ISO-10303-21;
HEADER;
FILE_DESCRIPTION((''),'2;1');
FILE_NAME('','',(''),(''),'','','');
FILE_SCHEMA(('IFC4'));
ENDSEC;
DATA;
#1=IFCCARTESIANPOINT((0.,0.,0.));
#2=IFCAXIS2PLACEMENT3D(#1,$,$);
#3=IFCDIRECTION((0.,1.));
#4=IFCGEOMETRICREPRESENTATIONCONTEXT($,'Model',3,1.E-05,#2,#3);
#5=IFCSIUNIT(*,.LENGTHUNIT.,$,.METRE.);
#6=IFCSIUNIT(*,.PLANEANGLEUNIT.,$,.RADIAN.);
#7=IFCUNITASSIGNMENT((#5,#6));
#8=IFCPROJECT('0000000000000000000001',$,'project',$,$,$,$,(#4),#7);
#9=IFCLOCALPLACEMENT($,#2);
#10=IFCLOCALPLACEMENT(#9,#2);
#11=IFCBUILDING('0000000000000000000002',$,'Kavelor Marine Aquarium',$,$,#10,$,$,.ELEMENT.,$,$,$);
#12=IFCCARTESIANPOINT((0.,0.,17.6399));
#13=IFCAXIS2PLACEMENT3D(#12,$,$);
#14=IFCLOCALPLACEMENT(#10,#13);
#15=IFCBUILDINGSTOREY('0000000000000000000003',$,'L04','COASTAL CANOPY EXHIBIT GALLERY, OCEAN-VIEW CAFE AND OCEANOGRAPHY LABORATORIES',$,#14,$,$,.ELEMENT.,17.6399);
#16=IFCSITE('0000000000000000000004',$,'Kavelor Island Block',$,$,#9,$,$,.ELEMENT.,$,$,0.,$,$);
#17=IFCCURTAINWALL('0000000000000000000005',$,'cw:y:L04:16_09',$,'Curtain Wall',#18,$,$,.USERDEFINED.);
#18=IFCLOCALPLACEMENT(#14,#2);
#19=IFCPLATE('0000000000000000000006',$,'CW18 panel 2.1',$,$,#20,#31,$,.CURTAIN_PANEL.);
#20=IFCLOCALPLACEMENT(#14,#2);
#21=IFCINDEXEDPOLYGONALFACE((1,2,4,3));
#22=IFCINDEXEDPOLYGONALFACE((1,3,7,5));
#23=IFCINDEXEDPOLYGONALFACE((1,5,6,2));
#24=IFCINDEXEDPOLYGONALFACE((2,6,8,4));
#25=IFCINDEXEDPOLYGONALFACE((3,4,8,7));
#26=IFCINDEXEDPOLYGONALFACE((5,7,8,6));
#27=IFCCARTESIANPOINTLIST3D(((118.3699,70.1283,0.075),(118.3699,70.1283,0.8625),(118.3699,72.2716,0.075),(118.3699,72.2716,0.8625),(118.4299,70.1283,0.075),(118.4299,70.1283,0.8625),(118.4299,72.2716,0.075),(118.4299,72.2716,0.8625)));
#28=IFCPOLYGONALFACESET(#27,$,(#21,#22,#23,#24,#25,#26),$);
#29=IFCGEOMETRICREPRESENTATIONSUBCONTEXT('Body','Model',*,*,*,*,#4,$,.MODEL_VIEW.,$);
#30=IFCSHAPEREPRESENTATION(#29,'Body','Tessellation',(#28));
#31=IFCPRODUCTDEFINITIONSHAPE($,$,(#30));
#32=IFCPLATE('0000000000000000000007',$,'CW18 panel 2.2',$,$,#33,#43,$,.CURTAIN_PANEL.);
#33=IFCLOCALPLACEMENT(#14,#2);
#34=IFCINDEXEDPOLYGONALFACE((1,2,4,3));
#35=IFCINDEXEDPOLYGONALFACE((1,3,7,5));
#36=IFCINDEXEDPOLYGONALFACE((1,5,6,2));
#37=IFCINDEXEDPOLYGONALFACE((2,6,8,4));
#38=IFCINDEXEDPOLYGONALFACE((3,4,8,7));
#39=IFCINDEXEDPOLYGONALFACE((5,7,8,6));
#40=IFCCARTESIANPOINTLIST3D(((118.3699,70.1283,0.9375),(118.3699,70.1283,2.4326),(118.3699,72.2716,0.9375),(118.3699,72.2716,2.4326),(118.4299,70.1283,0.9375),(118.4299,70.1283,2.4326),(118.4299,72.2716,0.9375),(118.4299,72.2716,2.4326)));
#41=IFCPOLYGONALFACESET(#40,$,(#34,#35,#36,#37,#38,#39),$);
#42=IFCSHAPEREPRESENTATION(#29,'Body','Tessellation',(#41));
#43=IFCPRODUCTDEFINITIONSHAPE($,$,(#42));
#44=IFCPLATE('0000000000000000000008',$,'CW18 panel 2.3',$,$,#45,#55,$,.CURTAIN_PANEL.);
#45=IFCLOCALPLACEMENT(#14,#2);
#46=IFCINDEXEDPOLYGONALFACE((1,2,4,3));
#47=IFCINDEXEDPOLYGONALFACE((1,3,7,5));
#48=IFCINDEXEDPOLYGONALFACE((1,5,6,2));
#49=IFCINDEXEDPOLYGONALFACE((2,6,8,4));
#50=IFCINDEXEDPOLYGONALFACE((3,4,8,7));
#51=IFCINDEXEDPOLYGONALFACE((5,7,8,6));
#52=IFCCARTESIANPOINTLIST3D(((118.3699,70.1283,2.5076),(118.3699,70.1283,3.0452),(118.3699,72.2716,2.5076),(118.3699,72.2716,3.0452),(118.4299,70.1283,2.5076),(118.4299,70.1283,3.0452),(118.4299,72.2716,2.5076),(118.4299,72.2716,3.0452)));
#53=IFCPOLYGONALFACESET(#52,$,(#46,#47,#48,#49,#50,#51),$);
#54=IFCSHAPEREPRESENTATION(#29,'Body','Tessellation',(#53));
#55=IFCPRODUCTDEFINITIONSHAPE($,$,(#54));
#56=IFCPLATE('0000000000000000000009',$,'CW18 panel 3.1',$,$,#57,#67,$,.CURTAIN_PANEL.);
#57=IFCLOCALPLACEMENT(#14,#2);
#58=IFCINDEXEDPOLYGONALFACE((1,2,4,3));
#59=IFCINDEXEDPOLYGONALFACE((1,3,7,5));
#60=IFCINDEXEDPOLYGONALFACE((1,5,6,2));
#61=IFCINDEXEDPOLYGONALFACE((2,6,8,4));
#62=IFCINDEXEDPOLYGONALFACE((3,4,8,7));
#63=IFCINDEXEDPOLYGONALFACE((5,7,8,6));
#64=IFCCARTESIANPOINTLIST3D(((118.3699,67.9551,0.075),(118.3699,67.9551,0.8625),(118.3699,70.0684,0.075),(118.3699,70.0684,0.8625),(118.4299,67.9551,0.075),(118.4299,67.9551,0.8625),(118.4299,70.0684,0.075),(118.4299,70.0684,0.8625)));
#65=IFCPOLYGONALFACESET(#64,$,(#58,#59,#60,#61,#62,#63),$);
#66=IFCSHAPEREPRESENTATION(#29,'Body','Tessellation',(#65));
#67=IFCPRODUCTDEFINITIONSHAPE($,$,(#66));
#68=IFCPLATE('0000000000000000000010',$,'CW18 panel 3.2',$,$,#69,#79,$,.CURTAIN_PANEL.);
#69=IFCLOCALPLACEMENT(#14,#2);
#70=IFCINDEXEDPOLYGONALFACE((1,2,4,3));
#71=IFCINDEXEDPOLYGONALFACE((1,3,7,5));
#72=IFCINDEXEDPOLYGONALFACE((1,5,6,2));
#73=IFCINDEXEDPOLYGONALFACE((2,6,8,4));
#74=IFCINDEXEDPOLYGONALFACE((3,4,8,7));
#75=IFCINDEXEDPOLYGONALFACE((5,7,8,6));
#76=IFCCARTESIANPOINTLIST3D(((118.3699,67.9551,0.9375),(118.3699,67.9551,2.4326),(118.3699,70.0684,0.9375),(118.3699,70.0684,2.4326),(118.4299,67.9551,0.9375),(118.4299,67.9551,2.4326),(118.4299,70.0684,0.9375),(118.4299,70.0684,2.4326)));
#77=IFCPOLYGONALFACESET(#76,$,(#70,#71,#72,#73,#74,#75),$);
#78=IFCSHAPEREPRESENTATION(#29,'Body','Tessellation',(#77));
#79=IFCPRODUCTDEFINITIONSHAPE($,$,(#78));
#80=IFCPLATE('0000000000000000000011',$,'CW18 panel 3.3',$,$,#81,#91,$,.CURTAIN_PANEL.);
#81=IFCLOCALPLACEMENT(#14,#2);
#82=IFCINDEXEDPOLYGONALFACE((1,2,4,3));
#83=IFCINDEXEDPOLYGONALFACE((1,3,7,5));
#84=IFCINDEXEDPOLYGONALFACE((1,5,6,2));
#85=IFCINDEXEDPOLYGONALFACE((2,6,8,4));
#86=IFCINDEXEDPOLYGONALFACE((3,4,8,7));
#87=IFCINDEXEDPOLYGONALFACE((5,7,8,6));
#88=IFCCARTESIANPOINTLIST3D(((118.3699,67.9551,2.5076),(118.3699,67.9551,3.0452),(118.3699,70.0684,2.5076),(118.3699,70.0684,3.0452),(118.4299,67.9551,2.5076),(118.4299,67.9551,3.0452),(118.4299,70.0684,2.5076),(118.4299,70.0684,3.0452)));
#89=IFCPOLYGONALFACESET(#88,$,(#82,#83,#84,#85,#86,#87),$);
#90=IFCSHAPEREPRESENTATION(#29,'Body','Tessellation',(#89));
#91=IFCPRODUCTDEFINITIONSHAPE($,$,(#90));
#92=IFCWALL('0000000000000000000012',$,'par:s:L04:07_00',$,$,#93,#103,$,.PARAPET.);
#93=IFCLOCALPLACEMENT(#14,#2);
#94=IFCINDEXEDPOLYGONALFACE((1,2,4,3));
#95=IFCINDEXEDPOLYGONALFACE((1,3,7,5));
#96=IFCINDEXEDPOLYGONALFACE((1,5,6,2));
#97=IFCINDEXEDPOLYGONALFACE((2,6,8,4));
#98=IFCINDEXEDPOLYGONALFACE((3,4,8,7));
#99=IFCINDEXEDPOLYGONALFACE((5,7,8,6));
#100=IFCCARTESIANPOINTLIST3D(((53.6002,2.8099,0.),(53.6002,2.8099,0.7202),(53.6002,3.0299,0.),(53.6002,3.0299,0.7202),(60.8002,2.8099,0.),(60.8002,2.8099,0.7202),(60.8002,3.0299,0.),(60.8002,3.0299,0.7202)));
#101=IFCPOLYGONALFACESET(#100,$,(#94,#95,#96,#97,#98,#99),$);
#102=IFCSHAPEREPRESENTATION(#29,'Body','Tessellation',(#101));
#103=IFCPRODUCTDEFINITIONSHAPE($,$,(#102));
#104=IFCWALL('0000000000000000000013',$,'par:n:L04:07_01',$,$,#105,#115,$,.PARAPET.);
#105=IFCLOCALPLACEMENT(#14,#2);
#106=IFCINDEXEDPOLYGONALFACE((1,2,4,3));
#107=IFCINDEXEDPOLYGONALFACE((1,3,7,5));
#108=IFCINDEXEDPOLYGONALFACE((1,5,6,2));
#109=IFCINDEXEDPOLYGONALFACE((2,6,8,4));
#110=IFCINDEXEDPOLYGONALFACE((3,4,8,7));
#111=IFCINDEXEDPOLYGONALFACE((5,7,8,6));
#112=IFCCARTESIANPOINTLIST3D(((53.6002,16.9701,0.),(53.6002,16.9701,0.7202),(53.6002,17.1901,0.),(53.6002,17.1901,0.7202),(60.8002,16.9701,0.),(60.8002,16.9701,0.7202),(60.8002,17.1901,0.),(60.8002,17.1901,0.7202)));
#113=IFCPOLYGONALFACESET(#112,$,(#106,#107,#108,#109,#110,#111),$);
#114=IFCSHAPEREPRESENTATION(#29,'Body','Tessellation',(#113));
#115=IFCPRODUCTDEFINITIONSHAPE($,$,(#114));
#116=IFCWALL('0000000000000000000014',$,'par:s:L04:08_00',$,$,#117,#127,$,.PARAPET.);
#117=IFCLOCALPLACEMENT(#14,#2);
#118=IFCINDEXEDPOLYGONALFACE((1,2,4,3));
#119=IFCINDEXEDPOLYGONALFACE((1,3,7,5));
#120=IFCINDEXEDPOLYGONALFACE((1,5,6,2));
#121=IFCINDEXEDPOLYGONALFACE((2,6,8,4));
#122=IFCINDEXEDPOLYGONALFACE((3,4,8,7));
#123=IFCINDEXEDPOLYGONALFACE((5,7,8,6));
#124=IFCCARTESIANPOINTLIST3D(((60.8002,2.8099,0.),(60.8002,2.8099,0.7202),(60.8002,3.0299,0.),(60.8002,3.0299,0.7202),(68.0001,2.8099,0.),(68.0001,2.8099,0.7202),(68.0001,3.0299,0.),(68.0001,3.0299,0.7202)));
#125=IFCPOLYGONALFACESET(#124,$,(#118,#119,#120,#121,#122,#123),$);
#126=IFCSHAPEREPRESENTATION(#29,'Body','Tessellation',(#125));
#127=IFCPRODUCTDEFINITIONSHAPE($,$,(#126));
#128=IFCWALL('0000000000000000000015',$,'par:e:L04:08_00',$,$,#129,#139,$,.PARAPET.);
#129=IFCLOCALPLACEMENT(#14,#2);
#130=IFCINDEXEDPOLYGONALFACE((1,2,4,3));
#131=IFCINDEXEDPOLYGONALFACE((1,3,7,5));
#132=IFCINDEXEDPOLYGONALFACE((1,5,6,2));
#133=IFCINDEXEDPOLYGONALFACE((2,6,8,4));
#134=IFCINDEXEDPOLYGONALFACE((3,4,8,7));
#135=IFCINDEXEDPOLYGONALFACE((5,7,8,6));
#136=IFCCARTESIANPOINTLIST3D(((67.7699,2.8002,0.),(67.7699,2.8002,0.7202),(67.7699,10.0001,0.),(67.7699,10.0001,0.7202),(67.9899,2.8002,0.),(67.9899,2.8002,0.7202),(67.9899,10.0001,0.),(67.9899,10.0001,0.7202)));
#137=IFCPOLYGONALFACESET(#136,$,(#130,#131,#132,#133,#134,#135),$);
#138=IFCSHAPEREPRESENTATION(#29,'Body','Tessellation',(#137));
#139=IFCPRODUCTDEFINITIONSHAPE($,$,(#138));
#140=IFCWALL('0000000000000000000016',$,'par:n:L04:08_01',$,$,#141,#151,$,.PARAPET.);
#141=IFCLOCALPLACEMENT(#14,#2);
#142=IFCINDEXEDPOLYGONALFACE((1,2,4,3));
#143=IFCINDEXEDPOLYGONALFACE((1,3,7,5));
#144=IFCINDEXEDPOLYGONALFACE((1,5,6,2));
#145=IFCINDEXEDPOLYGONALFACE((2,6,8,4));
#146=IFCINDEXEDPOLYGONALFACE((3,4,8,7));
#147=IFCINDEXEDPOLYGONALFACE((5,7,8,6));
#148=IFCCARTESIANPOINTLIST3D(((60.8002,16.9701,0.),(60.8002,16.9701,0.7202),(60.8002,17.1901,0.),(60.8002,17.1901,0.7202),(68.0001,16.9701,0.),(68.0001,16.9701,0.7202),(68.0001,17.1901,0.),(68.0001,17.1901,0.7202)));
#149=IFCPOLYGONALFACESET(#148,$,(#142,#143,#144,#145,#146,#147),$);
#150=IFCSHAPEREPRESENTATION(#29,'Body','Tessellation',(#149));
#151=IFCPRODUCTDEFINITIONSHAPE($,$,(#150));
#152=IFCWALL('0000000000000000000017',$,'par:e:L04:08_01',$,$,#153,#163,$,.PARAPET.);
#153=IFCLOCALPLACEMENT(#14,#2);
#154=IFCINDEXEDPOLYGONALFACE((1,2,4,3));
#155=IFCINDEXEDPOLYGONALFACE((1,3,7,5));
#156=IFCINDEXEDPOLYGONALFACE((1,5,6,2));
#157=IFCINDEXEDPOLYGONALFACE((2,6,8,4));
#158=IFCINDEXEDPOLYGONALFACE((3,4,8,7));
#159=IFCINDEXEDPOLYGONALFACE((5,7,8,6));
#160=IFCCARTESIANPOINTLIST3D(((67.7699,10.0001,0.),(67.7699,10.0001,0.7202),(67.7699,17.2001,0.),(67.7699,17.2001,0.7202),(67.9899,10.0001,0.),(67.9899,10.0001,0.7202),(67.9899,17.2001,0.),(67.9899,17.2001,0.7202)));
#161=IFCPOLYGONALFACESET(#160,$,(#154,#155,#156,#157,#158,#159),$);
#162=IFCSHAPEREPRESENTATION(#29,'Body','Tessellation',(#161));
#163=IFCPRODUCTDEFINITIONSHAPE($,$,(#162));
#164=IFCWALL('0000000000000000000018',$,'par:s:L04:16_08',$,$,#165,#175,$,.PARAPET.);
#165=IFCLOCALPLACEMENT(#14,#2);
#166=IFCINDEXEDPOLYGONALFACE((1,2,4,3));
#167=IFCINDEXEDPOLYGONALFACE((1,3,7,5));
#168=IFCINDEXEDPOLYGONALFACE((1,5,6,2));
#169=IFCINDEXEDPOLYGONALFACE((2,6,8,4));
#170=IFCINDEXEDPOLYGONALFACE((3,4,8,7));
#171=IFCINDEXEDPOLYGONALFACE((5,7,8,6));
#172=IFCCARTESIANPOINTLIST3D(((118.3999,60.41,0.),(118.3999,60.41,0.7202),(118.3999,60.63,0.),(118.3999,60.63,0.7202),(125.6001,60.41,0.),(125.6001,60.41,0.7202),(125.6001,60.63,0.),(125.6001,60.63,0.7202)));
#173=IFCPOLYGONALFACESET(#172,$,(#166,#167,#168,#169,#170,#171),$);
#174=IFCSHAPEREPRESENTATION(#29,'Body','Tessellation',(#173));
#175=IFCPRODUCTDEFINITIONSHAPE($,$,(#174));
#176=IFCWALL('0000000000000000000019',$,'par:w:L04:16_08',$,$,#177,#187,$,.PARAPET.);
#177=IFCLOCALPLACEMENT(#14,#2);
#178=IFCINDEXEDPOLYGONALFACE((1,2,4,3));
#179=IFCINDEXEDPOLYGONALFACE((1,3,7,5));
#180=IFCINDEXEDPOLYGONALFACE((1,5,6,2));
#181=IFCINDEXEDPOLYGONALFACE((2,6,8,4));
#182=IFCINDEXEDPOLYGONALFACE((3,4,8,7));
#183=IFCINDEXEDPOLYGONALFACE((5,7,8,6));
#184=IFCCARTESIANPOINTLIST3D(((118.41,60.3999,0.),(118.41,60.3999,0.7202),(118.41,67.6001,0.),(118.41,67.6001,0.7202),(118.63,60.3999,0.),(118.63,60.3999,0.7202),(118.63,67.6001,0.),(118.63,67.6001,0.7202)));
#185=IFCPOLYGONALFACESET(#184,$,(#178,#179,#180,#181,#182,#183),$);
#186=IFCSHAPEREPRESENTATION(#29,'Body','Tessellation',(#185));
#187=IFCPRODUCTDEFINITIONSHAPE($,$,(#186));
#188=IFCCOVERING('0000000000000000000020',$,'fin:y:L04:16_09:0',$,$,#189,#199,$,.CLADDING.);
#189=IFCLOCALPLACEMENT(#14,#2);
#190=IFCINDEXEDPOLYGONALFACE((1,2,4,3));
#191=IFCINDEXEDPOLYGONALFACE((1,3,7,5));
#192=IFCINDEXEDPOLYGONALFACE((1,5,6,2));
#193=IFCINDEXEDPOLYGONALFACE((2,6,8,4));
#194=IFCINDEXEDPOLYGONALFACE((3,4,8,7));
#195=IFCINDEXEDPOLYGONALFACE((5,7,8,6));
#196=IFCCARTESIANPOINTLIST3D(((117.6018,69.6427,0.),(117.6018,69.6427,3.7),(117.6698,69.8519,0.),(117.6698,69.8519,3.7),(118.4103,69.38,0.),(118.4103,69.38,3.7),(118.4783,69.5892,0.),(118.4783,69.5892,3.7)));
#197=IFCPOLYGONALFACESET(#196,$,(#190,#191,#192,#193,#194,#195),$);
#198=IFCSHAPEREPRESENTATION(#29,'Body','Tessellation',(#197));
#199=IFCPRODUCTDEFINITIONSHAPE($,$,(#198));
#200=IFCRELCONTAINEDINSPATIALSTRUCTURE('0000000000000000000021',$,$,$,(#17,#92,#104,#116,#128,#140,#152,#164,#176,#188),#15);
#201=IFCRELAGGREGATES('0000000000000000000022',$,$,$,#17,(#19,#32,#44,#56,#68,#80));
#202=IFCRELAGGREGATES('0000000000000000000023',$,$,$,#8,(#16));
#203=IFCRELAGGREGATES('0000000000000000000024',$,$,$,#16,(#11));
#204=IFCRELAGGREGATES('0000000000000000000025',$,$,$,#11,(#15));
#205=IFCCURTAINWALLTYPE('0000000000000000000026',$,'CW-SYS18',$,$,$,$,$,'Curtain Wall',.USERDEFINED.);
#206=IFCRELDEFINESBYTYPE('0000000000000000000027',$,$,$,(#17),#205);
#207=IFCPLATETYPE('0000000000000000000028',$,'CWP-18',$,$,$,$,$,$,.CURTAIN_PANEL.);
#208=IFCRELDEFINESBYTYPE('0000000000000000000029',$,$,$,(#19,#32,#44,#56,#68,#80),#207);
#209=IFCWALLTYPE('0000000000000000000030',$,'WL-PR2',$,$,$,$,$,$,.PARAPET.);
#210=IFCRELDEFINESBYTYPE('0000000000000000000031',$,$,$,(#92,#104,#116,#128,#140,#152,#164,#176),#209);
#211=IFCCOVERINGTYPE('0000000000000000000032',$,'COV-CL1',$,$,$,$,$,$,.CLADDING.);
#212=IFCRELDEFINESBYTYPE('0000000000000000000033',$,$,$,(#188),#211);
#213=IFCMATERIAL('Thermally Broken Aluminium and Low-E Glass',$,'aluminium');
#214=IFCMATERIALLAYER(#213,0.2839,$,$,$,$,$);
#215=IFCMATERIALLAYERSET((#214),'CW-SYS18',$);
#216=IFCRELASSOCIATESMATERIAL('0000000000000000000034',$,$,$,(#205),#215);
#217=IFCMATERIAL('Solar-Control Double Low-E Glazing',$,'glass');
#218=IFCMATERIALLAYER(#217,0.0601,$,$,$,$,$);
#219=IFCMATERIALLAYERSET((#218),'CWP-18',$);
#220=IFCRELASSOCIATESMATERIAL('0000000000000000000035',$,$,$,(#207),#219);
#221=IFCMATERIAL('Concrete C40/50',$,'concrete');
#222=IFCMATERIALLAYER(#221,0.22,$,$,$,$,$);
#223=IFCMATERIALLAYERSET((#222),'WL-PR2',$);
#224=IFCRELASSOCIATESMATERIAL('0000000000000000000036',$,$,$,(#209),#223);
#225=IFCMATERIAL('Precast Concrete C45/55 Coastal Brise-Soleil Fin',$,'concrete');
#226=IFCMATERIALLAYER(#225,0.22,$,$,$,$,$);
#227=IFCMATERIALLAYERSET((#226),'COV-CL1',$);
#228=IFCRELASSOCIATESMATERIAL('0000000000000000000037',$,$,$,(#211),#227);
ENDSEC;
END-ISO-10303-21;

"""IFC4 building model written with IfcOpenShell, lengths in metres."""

from ifc_helpers import new_model, si_unit, direction, frame, frame_2d, origin, origin_2d, place, context, subcontext, project, spatial, rectangle, extrude, material, layer, layer_set, type_object, element, aggregate, save


model = new_model("IFC4")

# Units and contexts
model_context = context("Model", 3, precision=1e-05, world=origin(), true_north=direction((0.0, 1.0)))
body_context = subcontext(model_context, "Body", "Model", "MODEL_VIEW")
ifc_project = project(units=[si_unit("LENGTHUNIT", "METRE"), si_unit("PLANEANGLEUNIT", "RADIAN")], contexts=[model_context])

# Site, building, storey
site_placement = place(None, origin())
site = spatial("IfcSite", under=ifc_project, at=site_placement, Name="Kavelor Island Block", CompositionType="ELEMENT", RefElevation=0.0)
building_placement = place(site_placement, origin())
building = spatial("IfcBuilding", under=site, at=building_placement, Name="Kavelor Marine Aquarium", CompositionType="ELEMENT")
storey_placement = place(building_placement, frame((0.0, 0.0, 17.6399)))
storey = spatial("IfcBuildingStorey", under=building, at=storey_placement, Name="L04", Description="COASTAL CANOPY EXHIBIT GALLERY, OCEAN-VIEW CAFE AND OCEANOGRAPHY LABORATORIES", CompositionType="ELEMENT", Elevation=17.6399)

# Curtain wall, plates
ifc_material_1 = material(Name="Thermally Broken Aluminium and Low-E Glass", Category="aluminium")
ifc_layer_1 = layer(ifc_material_1, 0.2839)
ifc_layer_set_1 = layer_set([ifc_layer_1], Name="CW-SYS18")
curtain_wall_type = type_object("IfcCurtainWallType", Name="CW-SYS18", ElementType="Curtain Wall", PredefinedType="USERDEFINED", material=ifc_layer_set_1)
curtain_wall_placement = place(storey_placement, origin())
curtain_wall = element("IfcCurtainWall", 1, at=curtain_wall_placement, inside=storey, type_object=curtain_wall_type, Name="cw:y:L04:16_09", ObjectType="Curtain Wall", PredefinedType="USERDEFINED")
ifc_material_2 = material(Name="Solar-Control Double Low-E Glazing", Category="glass")
ifc_layer_2 = layer(ifc_material_2, 0.0601)
ifc_layer_set_2 = layer_set([ifc_layer_2], Name="CWP-18")
plate_type = type_object("IfcPlateType", Name="CWP-18", PredefinedType="CURTAIN_PANEL", material=ifc_layer_set_2)
plate_1_placement = place(storey_placement, frame((118.3999, 71.2, 0.075), z_axis=(0.0, 0.0, 1.0), x_axis=(0.0, -1.0, 0.0)))
plate_1 = element("IfcPlate", 2, at=plate_1_placement, type_object=plate_type, Name="CW18 panel 2.1", PredefinedType="CURTAIN_PANEL", context=body_context, shape_type="SweptSolid", body=[
    extrude(rectangle(XDim=2.1433, YDim=0.0601, at=origin_2d()), origin(), (0.0, 0.0, 1.0), 0.7876),
])
plate_2_placement = place(storey_placement, frame((118.3999, 71.2, 0.9375), z_axis=(0.0, 0.0, 1.0), x_axis=(0.0, -1.0, 0.0)))
plate_2 = element("IfcPlate", 3, at=plate_2_placement, type_object=plate_type, Name="CW18 panel 2.2", PredefinedType="CURTAIN_PANEL", context=body_context, shape_type="SweptSolid", body=[
    extrude(rectangle(XDim=2.1433, YDim=0.0601, at=origin_2d()), origin(), (0.0, 0.0, 1.0), 1.4951),
])
plate_3_placement = place(storey_placement, frame((118.3999, 71.2, 2.5076), z_axis=(0.0, 0.0, 1.0), x_axis=(0.0, -1.0, 0.0)))
plate_3 = element("IfcPlate", 4, at=plate_3_placement, type_object=plate_type, Name="CW18 panel 2.3", PredefinedType="CURTAIN_PANEL", context=body_context, shape_type="SweptSolid", body=[
    extrude(rectangle(XDim=2.1433, YDim=0.0601, at=origin_2d()), origin(), (0.0, 0.0, 1.0), 0.5376),
])
plate_4_placement = place(storey_placement, frame((118.3999, 69.0117, 0.075), z_axis=(0.0, 0.0, 1.0), x_axis=(0.0, -1.0, 0.0)))
plate_4 = element("IfcPlate", 5, at=plate_4_placement, type_object=plate_type, Name="CW18 panel 3.1", PredefinedType="CURTAIN_PANEL", context=body_context, shape_type="SweptSolid", body=[
    extrude(rectangle(XDim=2.1133, YDim=0.0601, at=origin_2d()), origin(), (0.0, 0.0, 1.0), 0.7876),
])
plate_5_placement = place(storey_placement, frame((118.3999, 69.0117, 0.9375), z_axis=(0.0, 0.0, 1.0), x_axis=(0.0, -1.0, 0.0)))
plate_5 = element("IfcPlate", 6, at=plate_5_placement, type_object=plate_type, Name="CW18 panel 3.2", PredefinedType="CURTAIN_PANEL", context=body_context, shape_type="SweptSolid", body=[
    extrude(rectangle(XDim=2.1133, YDim=0.0601, at=origin_2d()), origin(), (0.0, 0.0, 1.0), 1.4951),
])
plate_6_placement = place(storey_placement, frame((118.3999, 69.0117, 2.5076), z_axis=(0.0, 0.0, 1.0), x_axis=(0.0, -1.0, 0.0)))
plate_6 = element("IfcPlate", 7, at=plate_6_placement, type_object=plate_type, Name="CW18 panel 3.3", PredefinedType="CURTAIN_PANEL", context=body_context, shape_type="SweptSolid", body=[
    extrude(rectangle(XDim=2.1133, YDim=0.0601, at=origin_2d()), origin(), (0.0, 0.0, 1.0), 0.5376),
])
aggregate(curtain_wall, [plate_1, plate_2, plate_3, plate_4, plate_5, plate_6])

# Walls
ifc_material_3 = material(Name="Concrete C40/50", Category="concrete")
ifc_layer_3 = layer(ifc_material_3, 0.22)
ifc_layer_set_3 = layer_set([ifc_layer_3], Name="WL-PR2")
wall_type = type_object("IfcWallType", Name="WL-PR2", PredefinedType="PARAPET", material=ifc_layer_set_3)
for number, where, z_axis, x_axis, name in (
    (8, (53.6001, 2.9199, 0.0), (0.0, 0.0, 1.0), (1.0, 0.0, 0.0), "par:s:L04:07_00"),
    (9, (53.6001, 17.0801, 0.0), (0.0, 0.0, 1.0), (1.0, 0.0, 0.0), "par:n:L04:07_01"),
    (10, (60.8, 2.9199, 0.0), (0.0, 0.0, 1.0), (1.0, 0.0, 0.0), "par:s:L04:08_00"),
    (11, (67.8799, 2.8, 0.0), (0.0, 0.0, 1.0), (0.0, 1.0, 0.0), "par:e:L04:08_00"),
    (12, (60.8, 17.0801, 0.0), (0.0, 0.0, 1.0), (1.0, 0.0, 0.0), "par:n:L04:08_01"),
    (13, (67.8799, 10.0, 0.0), (0.0, 0.0, 1.0), (0.0, 1.0, 0.0), "par:e:L04:08_01"),
):
    element("IfcWall", number, at=place(storey_placement, frame(where, z_axis=z_axis, x_axis=x_axis)), inside=storey, type_object=wall_type, Name=name, PredefinedType="PARAPET", context=body_context, shape_type="SweptSolid", body=[
        extrude(rectangle(XDim=7.2, YDim=0.22, at=frame_2d((3.6001, 0.0))), origin(), (0.0, 0.0, 1.0), 0.7202),
    ])
for number, where, z_axis, x_axis, name in (
    (14, (118.3999, 60.52, 0.0), (0.0, 0.0, 1.0), (1.0, 0.0, 0.0), "par:s:L04:16_08"),
    (15, (118.52, 60.3999, 0.0), (0.0, 0.0, 1.0), (0.0, 1.0, 0.0), "par:w:L04:16_08"),
):
    element("IfcWall", number, at=place(storey_placement, frame(where, z_axis=z_axis, x_axis=x_axis)), inside=storey, type_object=wall_type, Name=name, PredefinedType="PARAPET", context=body_context, shape_type="SweptSolid", body=[
        extrude(rectangle(XDim=7.2002, YDim=0.22, at=frame_2d((3.6001, 0.0))), origin(), (0.0, 0.0, 1.0), 0.7202),
    ])

# Covering
ifc_material_4 = material(Name="Precast Concrete C45/55 Coastal Brise-Soleil Fin", Category="concrete")
ifc_layer_4 = layer(ifc_material_4, 0.22)
ifc_layer_set_4 = layer_set([ifc_layer_4], Name="COV-CL1")
covering_type = type_object("IfcCoveringType", Name="COV-CL1", PredefinedType="CLADDING", material=ifc_layer_set_4)
covering_placement = place(storey_placement, frame((118.04, 69.616, 0.0), z_axis=(0.0, 0.0, 1.0), x_axis=(0.951057, -0.309017, 0.0)))
element("IfcCovering", 16, at=covering_placement, inside=storey, type_object=covering_type, Name="fin:y:L04:16_09:0", PredefinedType="CLADDING", context=body_context, shape_type="SweptSolid", body=[
    extrude(rectangle(XDim=0.8501, YDim=0.22, at=origin_2d()), origin(), (0.0, 0.0, 1.0), 3.7),
])

save(model, "model.ifc")
